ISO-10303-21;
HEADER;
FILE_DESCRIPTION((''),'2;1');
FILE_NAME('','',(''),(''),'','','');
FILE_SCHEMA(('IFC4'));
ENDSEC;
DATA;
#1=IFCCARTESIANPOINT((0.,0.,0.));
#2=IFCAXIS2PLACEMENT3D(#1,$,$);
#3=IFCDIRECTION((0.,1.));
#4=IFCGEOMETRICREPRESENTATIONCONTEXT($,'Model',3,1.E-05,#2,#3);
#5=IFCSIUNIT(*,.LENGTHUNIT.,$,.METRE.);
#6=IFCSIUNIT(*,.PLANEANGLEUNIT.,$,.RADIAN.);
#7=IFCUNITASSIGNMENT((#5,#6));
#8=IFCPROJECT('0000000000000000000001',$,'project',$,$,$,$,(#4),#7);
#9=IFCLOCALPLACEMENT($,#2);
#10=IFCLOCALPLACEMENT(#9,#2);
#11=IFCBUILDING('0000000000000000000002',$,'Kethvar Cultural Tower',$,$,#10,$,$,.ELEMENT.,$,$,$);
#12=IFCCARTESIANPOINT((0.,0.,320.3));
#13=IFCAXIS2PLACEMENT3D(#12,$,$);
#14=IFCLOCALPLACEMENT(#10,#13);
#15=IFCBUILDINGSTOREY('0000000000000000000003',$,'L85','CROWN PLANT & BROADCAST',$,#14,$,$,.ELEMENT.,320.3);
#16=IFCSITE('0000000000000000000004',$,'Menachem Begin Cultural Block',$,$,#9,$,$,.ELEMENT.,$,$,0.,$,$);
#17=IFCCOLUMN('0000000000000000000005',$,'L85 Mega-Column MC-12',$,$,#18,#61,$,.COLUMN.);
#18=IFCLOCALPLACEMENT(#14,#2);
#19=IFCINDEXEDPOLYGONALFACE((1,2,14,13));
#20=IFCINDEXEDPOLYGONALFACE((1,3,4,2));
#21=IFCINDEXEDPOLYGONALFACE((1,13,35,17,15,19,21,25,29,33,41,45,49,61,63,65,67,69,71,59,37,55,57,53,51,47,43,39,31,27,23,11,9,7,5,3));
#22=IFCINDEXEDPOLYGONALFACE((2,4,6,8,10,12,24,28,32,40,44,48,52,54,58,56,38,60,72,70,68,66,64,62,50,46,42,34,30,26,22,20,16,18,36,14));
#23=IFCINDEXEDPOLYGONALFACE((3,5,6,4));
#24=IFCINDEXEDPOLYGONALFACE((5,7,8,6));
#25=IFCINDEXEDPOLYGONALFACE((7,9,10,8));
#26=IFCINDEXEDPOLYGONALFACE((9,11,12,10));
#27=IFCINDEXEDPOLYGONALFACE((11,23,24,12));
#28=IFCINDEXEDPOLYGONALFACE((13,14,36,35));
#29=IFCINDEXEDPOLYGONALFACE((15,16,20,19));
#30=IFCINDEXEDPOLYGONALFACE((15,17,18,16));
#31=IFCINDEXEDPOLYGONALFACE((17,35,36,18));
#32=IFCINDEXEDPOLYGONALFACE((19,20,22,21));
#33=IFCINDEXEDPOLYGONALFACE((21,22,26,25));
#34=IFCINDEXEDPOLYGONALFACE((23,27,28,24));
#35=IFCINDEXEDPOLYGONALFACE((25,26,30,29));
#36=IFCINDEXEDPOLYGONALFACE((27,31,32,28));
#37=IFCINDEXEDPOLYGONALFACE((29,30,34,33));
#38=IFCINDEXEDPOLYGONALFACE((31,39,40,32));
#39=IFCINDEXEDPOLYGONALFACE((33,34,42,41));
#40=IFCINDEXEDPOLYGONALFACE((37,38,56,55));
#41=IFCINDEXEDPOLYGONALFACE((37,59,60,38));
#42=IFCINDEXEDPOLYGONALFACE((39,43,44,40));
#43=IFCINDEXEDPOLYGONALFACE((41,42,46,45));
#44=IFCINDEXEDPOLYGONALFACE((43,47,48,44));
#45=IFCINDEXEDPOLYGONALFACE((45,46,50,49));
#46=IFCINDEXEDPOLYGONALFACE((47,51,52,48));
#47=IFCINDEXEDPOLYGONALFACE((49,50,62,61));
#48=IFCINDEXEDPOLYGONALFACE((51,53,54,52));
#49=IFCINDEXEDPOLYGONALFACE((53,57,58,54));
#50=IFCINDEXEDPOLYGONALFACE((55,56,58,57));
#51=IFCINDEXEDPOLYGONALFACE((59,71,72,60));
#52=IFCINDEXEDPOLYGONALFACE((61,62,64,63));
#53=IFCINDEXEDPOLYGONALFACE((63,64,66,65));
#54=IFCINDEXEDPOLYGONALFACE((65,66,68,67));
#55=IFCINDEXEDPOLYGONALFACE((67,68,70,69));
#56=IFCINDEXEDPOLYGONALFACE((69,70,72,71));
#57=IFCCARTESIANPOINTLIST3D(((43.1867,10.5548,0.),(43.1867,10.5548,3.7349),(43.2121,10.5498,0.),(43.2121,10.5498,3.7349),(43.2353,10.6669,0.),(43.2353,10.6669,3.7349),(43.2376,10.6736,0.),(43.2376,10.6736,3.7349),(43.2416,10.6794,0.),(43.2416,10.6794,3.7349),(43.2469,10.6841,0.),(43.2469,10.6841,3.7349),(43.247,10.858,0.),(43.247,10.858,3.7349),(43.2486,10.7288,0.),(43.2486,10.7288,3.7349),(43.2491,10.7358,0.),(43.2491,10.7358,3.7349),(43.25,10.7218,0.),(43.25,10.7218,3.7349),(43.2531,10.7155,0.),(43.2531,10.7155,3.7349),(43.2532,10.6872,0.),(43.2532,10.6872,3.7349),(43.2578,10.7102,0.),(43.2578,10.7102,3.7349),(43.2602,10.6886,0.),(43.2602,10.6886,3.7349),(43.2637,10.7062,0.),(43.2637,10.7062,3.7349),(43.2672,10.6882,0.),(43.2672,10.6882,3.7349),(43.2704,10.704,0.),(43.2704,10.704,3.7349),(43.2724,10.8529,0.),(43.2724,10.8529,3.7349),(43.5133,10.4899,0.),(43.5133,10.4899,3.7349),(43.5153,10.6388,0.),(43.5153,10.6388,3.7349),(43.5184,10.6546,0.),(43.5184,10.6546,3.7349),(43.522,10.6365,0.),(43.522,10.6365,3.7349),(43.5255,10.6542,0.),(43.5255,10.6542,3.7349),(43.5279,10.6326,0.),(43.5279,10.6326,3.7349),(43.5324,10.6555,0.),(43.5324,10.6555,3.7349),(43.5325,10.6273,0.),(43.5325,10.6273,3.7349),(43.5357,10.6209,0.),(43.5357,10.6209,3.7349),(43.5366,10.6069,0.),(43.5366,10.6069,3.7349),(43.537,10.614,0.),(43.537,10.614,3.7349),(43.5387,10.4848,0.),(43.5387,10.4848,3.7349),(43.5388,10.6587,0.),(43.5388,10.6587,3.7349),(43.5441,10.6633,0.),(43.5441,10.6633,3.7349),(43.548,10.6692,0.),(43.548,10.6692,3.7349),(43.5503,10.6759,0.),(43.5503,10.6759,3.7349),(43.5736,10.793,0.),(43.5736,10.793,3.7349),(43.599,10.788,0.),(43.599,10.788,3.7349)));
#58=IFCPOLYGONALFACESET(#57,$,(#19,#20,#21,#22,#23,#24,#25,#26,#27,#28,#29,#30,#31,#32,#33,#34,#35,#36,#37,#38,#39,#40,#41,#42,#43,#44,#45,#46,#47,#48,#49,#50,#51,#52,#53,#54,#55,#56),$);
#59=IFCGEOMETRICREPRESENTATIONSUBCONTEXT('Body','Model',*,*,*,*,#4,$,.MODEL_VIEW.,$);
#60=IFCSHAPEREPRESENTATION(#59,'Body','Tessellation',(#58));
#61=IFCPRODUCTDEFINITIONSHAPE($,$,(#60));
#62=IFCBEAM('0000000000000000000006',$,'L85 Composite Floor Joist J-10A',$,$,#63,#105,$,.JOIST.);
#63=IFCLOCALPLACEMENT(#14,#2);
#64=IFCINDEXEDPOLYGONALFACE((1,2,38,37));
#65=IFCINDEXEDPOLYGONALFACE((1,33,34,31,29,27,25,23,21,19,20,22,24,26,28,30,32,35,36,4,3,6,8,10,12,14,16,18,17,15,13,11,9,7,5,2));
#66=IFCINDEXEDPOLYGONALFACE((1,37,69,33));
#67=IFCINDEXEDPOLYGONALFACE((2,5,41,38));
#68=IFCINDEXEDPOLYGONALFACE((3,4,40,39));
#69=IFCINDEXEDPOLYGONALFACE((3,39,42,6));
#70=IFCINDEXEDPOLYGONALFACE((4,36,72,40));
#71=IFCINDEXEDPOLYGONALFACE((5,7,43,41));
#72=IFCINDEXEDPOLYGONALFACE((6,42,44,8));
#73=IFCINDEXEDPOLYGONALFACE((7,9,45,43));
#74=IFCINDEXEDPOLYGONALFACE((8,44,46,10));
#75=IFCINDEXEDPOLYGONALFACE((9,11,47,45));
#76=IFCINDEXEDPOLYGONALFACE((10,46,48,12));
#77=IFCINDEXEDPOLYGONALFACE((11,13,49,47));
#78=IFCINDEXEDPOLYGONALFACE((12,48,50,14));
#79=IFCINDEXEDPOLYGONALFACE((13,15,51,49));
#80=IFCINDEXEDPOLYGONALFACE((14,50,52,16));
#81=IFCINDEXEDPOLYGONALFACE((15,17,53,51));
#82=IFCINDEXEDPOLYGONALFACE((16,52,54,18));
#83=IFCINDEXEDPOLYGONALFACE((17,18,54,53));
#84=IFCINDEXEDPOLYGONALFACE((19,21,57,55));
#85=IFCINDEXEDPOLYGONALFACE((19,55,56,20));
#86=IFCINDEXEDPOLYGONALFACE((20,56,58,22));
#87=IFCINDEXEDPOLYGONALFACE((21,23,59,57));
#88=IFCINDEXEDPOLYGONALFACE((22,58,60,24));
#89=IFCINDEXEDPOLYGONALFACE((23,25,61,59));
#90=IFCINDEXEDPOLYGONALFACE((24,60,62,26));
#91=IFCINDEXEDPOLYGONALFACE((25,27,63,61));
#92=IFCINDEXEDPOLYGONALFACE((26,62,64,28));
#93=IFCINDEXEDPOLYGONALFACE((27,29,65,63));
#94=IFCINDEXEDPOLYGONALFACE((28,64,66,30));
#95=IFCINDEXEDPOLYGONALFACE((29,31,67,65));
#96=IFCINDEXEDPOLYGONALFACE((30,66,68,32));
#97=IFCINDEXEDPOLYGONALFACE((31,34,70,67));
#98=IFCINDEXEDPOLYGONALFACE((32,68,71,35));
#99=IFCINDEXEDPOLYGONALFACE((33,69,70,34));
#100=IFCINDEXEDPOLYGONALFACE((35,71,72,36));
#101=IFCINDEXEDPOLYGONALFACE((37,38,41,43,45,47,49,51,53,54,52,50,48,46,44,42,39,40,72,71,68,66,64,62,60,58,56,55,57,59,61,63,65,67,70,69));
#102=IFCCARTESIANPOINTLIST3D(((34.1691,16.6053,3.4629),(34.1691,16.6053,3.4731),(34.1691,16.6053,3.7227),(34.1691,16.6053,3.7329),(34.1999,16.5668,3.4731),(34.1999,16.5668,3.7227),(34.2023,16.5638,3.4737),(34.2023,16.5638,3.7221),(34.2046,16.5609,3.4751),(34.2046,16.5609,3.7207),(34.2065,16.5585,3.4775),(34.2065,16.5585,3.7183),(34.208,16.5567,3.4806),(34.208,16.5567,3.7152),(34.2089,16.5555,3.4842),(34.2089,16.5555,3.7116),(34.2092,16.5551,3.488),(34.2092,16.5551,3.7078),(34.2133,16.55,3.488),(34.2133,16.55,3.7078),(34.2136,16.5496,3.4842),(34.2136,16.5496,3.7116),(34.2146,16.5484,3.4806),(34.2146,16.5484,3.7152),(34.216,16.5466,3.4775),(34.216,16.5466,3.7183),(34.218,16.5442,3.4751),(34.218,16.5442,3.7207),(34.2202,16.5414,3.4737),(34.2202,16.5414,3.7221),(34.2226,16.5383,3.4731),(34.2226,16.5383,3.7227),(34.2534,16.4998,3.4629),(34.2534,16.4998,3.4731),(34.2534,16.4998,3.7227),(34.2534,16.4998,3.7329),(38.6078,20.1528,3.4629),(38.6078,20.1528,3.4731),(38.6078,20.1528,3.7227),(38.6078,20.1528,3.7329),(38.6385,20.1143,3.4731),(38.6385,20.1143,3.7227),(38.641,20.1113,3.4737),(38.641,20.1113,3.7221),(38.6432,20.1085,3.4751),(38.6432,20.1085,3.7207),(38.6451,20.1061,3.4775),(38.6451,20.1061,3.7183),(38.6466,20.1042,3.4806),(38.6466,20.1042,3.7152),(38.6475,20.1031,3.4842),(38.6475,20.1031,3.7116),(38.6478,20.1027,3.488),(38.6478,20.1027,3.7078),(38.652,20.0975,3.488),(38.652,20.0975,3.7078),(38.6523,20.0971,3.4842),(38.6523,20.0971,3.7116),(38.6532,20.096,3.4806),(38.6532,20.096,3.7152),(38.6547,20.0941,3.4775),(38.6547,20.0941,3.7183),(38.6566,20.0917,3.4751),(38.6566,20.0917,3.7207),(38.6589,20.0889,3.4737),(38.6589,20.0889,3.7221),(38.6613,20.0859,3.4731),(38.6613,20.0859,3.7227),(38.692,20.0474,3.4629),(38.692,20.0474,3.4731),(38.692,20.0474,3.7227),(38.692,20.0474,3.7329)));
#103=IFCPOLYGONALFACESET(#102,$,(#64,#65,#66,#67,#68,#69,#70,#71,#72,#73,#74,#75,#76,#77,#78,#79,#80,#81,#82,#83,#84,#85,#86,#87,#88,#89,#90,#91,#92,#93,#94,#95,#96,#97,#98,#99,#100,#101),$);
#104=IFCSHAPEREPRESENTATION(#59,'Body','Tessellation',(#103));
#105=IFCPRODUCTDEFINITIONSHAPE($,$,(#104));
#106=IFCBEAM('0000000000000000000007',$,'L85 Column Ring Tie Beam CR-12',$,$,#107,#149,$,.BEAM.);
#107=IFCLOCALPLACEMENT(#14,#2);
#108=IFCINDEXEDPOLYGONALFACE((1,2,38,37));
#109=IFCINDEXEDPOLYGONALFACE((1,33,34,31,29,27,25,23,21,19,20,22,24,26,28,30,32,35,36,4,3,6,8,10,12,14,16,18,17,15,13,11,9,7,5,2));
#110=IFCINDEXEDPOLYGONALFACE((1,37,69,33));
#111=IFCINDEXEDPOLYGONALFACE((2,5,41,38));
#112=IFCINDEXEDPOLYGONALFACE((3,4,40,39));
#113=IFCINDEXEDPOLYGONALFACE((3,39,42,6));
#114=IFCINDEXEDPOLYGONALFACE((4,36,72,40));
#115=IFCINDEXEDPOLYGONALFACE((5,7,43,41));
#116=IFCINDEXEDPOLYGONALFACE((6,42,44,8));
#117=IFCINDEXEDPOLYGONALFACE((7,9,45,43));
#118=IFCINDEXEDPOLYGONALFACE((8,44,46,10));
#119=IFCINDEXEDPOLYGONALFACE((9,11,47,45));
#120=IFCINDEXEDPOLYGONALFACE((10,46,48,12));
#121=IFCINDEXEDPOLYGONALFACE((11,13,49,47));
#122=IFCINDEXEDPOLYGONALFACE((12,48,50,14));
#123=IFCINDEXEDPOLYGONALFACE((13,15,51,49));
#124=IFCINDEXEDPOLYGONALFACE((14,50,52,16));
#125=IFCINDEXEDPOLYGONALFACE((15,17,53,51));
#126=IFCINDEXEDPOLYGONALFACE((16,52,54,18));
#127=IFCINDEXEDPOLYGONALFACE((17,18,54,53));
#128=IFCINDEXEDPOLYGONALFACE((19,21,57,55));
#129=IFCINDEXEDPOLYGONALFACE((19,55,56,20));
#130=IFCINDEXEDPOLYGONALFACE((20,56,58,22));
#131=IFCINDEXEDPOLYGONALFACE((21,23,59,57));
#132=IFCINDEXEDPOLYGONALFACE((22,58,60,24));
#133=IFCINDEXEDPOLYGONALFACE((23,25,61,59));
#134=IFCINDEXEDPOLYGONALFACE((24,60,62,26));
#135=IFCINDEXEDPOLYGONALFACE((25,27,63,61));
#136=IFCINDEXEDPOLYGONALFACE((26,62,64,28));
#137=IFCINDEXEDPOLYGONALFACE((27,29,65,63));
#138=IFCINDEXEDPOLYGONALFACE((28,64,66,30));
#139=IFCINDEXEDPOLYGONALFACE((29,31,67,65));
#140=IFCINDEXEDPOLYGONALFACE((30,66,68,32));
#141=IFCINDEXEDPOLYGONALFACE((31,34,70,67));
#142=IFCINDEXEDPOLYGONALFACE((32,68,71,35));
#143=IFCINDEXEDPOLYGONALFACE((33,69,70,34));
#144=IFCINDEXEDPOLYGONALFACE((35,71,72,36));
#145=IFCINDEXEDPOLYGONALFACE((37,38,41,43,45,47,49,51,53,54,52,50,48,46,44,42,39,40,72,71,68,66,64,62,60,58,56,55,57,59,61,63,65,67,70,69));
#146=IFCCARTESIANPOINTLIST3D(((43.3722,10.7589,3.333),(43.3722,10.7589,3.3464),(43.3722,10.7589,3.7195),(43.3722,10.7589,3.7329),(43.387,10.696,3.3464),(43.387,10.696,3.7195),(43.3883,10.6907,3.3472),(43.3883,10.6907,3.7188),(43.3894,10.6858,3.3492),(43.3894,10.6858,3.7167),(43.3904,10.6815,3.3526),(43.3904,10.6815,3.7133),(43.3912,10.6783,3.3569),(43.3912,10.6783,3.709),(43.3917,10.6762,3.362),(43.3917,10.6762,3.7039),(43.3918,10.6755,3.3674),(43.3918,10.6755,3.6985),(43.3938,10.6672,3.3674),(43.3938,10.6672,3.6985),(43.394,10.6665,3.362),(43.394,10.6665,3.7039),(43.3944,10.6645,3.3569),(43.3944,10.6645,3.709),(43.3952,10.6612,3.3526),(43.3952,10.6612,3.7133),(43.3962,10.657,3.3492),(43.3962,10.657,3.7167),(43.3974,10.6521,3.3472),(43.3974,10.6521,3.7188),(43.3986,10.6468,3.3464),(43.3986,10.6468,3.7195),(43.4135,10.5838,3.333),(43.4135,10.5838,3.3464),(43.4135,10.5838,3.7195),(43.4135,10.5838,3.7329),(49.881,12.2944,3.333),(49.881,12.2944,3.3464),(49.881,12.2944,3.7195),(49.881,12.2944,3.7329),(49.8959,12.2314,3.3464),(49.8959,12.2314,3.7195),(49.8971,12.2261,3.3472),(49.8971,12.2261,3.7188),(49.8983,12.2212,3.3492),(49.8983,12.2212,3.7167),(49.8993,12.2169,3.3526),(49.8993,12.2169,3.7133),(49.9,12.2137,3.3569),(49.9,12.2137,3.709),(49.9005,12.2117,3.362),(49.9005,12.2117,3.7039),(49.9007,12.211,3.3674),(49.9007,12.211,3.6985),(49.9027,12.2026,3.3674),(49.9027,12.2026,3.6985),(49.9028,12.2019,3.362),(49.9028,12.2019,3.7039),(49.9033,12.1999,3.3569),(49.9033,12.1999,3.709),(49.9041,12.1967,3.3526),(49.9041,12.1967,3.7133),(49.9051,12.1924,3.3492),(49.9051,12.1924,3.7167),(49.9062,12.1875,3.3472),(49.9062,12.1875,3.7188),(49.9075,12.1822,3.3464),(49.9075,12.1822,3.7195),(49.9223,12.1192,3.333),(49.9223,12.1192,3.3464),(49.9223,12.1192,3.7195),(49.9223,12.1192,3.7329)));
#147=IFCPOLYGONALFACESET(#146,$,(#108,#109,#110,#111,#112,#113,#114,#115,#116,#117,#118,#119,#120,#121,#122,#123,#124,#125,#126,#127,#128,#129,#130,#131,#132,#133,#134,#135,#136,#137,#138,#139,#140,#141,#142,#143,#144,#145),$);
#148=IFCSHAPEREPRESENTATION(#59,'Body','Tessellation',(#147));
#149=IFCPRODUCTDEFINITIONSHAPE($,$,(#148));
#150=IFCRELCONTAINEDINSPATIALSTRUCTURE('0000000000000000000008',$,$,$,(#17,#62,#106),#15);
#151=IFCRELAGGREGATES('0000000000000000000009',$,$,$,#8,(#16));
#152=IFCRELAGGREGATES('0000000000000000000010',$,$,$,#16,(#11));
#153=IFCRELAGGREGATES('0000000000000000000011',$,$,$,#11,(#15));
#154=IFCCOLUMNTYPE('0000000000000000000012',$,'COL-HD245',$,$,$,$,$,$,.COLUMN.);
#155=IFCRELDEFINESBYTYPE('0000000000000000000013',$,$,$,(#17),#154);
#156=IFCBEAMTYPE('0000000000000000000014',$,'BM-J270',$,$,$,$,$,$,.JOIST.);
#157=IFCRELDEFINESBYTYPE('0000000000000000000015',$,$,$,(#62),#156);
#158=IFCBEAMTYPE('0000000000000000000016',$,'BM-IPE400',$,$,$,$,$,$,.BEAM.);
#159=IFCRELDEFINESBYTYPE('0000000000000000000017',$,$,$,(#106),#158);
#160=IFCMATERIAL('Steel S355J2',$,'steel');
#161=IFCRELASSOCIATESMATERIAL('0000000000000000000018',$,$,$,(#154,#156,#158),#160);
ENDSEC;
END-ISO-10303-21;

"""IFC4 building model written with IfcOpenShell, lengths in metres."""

from ifc_helpers import new_model, si_unit, direction, frame, origin, origin_2d, place, context, subcontext, project, spatial, i_section, extrude, source, transform, mapped, material, material_profile, profile_set, type_object, element, save


model = new_model("IFC4")

# Units and contexts
model_context = context("Model", 3, precision=1e-05, world=origin(), true_north=direction((0.0, 1.0)))
body_context = subcontext(model_context, "Body", "Model", "MODEL_VIEW")
ifc_project = project(units=[si_unit("LENGTHUNIT", "METRE"), si_unit("PLANEANGLEUNIT", "RADIAN")], contexts=[model_context])

# Site, building, storey
site_placement = place(None, origin())
site = spatial("IfcSite", under=ifc_project, at=site_placement, Name="Menachem Begin Cultural Block", CompositionType="ELEMENT", RefElevation=0.0)
building_placement = place(site_placement, origin())
building = spatial("IfcBuilding", under=site, at=building_placement, Name="Kethvar Cultural Tower", CompositionType="ELEMENT")
storey_placement = place(building_placement, frame((0.0, 0.0, 320.3)))
storey = spatial("IfcBuildingStorey", under=building, at=storey_placement, Name="L85", Description="CROWN PLANT & BROADCAST", CompositionType="ELEMENT", Elevation=320.3)

# Column
ifc_material_1 = material(Name="Steel S355J2", Category="steel")
ifc_material_profile_1 = material_profile(ifc_material_1, i_section(OverallWidth=0.3091, OverallDepth=0.3589, WebThickness=0.0161, FlangeThickness=0.0259, FilletRadius=0.0271, at=origin_2d()), Name="Steel S355J2 — HD320x245")
ifc_profile_set_1 = profile_set([ifc_material_profile_1], Name="Steel S355J2 — HD320x245")
column_type = type_object("IfcColumnType", Name="COL-HD245", PredefinedType="COLUMN", material=ifc_profile_set_1)
shared_shape_1 = source(origin(), body_context, "Body", "SweptSolid", [
    extrude(i_section(OverallWidth=0.3091, OverallDepth=0.3589, WebThickness=0.0161, FlangeThickness=0.0259, FilletRadius=0.0271, at=origin_2d()), origin(), (0.0, 0.0, 1.0), 3.7349),
])
column_placement = place(storey_placement, frame((43.3928, 10.6714, 0.0), z_axis=(0.0, 0.0, 1.0), x_axis=(-0.19509, -0.980785, 0.0)))
element("IfcColumn", 1, at=column_placement, inside=storey, type_object=column_type, Name="L85 Mega-Column MC-12", PredefinedType="COLUMN", context=body_context, shape_type="MappedRepresentation", body=[
    mapped(shared_shape_1, transform((0.0, 0.0, 0.0), scale=1.0)),
])

# Beams
ifc_material_profile_2 = material_profile(ifc_material_1, i_section(OverallWidth=0.135, OverallDepth=0.27, WebThickness=0.0066, FlangeThickness=0.0103, FilletRadius=0.0149, at=origin_2d()), Name="Steel S355J2 — IPE270")
ifc_profile_set_2 = profile_set([ifc_material_profile_2], Name="Steel S355J2 — IPE270")
beam_type_1 = type_object("IfcBeamType", Name="BM-J270", PredefinedType="JOIST", material=ifc_profile_set_2)
shared_shape_2 = source(origin(), body_context, "Body", "SweptSolid", [
    extrude(i_section(OverallWidth=0.135, OverallDepth=0.27, WebThickness=0.0066, FlangeThickness=0.0103, FilletRadius=0.0149, at=origin_2d()), origin(), (0.0, 0.0, 1.0), 5.6821),
])
beam_1_placement = place(storey_placement, frame((38.6499, 20.1001, 3.5979), z_axis=(-0.781158, -0.624333, 0.0), x_axis=(0.624333, -0.781158, 0.0)))
element("IfcBeam", 2, at=beam_1_placement, inside=storey, type_object=beam_type_1, Name="L85 Composite Floor Joist J-10A", PredefinedType="JOIST", context=body_context, shape_type="MappedRepresentation", body=[
    mapped(shared_shape_2, transform((0.0, 0.0, 0.0), scale=1.0)),
])
ifc_material_profile_3 = material_profile(ifc_material_1, i_section(OverallWidth=0.1799, OverallDepth=0.3999, WebThickness=0.0085, FlangeThickness=0.0134, FilletRadius=0.021, at=origin_2d()), Name="Steel S355J2 — IPE400")
ifc_profile_set_3 = profile_set([ifc_material_profile_3], Name="Steel S355J2 — IPE400")
beam_type_2 = type_object("IfcBeamType", Name="BM-IPE400", PredefinedType="BEAM", material=ifc_profile_set_3)
shared_shape_3 = source(origin(), body_context, "Body", "SweptSolid", [
    extrude(i_section(OverallWidth=0.1799, OverallDepth=0.3999, WebThickness=0.0085, FlangeThickness=0.0134, FilletRadius=0.021, at=origin_2d()), origin(), (0.0, 0.0, 1.0), 6.6875),
])
beam_2_placement = place(storey_placement, frame((43.3928, 10.6714, 3.533), z_axis=(0.973286, 0.229595, 0.0), x_axis=(-0.229595, 0.973286, 0.0)))
element("IfcBeam", 3, at=beam_2_placement, inside=storey, type_object=beam_type_2, Name="L85 Column Ring Tie Beam CR-12", PredefinedType="BEAM", context=body_context, shape_type="MappedRepresentation", body=[
    mapped(shared_shape_3, transform((0.0, 0.0, 0.0), scale=1.0)),
])

save(model, "model.ifc")
